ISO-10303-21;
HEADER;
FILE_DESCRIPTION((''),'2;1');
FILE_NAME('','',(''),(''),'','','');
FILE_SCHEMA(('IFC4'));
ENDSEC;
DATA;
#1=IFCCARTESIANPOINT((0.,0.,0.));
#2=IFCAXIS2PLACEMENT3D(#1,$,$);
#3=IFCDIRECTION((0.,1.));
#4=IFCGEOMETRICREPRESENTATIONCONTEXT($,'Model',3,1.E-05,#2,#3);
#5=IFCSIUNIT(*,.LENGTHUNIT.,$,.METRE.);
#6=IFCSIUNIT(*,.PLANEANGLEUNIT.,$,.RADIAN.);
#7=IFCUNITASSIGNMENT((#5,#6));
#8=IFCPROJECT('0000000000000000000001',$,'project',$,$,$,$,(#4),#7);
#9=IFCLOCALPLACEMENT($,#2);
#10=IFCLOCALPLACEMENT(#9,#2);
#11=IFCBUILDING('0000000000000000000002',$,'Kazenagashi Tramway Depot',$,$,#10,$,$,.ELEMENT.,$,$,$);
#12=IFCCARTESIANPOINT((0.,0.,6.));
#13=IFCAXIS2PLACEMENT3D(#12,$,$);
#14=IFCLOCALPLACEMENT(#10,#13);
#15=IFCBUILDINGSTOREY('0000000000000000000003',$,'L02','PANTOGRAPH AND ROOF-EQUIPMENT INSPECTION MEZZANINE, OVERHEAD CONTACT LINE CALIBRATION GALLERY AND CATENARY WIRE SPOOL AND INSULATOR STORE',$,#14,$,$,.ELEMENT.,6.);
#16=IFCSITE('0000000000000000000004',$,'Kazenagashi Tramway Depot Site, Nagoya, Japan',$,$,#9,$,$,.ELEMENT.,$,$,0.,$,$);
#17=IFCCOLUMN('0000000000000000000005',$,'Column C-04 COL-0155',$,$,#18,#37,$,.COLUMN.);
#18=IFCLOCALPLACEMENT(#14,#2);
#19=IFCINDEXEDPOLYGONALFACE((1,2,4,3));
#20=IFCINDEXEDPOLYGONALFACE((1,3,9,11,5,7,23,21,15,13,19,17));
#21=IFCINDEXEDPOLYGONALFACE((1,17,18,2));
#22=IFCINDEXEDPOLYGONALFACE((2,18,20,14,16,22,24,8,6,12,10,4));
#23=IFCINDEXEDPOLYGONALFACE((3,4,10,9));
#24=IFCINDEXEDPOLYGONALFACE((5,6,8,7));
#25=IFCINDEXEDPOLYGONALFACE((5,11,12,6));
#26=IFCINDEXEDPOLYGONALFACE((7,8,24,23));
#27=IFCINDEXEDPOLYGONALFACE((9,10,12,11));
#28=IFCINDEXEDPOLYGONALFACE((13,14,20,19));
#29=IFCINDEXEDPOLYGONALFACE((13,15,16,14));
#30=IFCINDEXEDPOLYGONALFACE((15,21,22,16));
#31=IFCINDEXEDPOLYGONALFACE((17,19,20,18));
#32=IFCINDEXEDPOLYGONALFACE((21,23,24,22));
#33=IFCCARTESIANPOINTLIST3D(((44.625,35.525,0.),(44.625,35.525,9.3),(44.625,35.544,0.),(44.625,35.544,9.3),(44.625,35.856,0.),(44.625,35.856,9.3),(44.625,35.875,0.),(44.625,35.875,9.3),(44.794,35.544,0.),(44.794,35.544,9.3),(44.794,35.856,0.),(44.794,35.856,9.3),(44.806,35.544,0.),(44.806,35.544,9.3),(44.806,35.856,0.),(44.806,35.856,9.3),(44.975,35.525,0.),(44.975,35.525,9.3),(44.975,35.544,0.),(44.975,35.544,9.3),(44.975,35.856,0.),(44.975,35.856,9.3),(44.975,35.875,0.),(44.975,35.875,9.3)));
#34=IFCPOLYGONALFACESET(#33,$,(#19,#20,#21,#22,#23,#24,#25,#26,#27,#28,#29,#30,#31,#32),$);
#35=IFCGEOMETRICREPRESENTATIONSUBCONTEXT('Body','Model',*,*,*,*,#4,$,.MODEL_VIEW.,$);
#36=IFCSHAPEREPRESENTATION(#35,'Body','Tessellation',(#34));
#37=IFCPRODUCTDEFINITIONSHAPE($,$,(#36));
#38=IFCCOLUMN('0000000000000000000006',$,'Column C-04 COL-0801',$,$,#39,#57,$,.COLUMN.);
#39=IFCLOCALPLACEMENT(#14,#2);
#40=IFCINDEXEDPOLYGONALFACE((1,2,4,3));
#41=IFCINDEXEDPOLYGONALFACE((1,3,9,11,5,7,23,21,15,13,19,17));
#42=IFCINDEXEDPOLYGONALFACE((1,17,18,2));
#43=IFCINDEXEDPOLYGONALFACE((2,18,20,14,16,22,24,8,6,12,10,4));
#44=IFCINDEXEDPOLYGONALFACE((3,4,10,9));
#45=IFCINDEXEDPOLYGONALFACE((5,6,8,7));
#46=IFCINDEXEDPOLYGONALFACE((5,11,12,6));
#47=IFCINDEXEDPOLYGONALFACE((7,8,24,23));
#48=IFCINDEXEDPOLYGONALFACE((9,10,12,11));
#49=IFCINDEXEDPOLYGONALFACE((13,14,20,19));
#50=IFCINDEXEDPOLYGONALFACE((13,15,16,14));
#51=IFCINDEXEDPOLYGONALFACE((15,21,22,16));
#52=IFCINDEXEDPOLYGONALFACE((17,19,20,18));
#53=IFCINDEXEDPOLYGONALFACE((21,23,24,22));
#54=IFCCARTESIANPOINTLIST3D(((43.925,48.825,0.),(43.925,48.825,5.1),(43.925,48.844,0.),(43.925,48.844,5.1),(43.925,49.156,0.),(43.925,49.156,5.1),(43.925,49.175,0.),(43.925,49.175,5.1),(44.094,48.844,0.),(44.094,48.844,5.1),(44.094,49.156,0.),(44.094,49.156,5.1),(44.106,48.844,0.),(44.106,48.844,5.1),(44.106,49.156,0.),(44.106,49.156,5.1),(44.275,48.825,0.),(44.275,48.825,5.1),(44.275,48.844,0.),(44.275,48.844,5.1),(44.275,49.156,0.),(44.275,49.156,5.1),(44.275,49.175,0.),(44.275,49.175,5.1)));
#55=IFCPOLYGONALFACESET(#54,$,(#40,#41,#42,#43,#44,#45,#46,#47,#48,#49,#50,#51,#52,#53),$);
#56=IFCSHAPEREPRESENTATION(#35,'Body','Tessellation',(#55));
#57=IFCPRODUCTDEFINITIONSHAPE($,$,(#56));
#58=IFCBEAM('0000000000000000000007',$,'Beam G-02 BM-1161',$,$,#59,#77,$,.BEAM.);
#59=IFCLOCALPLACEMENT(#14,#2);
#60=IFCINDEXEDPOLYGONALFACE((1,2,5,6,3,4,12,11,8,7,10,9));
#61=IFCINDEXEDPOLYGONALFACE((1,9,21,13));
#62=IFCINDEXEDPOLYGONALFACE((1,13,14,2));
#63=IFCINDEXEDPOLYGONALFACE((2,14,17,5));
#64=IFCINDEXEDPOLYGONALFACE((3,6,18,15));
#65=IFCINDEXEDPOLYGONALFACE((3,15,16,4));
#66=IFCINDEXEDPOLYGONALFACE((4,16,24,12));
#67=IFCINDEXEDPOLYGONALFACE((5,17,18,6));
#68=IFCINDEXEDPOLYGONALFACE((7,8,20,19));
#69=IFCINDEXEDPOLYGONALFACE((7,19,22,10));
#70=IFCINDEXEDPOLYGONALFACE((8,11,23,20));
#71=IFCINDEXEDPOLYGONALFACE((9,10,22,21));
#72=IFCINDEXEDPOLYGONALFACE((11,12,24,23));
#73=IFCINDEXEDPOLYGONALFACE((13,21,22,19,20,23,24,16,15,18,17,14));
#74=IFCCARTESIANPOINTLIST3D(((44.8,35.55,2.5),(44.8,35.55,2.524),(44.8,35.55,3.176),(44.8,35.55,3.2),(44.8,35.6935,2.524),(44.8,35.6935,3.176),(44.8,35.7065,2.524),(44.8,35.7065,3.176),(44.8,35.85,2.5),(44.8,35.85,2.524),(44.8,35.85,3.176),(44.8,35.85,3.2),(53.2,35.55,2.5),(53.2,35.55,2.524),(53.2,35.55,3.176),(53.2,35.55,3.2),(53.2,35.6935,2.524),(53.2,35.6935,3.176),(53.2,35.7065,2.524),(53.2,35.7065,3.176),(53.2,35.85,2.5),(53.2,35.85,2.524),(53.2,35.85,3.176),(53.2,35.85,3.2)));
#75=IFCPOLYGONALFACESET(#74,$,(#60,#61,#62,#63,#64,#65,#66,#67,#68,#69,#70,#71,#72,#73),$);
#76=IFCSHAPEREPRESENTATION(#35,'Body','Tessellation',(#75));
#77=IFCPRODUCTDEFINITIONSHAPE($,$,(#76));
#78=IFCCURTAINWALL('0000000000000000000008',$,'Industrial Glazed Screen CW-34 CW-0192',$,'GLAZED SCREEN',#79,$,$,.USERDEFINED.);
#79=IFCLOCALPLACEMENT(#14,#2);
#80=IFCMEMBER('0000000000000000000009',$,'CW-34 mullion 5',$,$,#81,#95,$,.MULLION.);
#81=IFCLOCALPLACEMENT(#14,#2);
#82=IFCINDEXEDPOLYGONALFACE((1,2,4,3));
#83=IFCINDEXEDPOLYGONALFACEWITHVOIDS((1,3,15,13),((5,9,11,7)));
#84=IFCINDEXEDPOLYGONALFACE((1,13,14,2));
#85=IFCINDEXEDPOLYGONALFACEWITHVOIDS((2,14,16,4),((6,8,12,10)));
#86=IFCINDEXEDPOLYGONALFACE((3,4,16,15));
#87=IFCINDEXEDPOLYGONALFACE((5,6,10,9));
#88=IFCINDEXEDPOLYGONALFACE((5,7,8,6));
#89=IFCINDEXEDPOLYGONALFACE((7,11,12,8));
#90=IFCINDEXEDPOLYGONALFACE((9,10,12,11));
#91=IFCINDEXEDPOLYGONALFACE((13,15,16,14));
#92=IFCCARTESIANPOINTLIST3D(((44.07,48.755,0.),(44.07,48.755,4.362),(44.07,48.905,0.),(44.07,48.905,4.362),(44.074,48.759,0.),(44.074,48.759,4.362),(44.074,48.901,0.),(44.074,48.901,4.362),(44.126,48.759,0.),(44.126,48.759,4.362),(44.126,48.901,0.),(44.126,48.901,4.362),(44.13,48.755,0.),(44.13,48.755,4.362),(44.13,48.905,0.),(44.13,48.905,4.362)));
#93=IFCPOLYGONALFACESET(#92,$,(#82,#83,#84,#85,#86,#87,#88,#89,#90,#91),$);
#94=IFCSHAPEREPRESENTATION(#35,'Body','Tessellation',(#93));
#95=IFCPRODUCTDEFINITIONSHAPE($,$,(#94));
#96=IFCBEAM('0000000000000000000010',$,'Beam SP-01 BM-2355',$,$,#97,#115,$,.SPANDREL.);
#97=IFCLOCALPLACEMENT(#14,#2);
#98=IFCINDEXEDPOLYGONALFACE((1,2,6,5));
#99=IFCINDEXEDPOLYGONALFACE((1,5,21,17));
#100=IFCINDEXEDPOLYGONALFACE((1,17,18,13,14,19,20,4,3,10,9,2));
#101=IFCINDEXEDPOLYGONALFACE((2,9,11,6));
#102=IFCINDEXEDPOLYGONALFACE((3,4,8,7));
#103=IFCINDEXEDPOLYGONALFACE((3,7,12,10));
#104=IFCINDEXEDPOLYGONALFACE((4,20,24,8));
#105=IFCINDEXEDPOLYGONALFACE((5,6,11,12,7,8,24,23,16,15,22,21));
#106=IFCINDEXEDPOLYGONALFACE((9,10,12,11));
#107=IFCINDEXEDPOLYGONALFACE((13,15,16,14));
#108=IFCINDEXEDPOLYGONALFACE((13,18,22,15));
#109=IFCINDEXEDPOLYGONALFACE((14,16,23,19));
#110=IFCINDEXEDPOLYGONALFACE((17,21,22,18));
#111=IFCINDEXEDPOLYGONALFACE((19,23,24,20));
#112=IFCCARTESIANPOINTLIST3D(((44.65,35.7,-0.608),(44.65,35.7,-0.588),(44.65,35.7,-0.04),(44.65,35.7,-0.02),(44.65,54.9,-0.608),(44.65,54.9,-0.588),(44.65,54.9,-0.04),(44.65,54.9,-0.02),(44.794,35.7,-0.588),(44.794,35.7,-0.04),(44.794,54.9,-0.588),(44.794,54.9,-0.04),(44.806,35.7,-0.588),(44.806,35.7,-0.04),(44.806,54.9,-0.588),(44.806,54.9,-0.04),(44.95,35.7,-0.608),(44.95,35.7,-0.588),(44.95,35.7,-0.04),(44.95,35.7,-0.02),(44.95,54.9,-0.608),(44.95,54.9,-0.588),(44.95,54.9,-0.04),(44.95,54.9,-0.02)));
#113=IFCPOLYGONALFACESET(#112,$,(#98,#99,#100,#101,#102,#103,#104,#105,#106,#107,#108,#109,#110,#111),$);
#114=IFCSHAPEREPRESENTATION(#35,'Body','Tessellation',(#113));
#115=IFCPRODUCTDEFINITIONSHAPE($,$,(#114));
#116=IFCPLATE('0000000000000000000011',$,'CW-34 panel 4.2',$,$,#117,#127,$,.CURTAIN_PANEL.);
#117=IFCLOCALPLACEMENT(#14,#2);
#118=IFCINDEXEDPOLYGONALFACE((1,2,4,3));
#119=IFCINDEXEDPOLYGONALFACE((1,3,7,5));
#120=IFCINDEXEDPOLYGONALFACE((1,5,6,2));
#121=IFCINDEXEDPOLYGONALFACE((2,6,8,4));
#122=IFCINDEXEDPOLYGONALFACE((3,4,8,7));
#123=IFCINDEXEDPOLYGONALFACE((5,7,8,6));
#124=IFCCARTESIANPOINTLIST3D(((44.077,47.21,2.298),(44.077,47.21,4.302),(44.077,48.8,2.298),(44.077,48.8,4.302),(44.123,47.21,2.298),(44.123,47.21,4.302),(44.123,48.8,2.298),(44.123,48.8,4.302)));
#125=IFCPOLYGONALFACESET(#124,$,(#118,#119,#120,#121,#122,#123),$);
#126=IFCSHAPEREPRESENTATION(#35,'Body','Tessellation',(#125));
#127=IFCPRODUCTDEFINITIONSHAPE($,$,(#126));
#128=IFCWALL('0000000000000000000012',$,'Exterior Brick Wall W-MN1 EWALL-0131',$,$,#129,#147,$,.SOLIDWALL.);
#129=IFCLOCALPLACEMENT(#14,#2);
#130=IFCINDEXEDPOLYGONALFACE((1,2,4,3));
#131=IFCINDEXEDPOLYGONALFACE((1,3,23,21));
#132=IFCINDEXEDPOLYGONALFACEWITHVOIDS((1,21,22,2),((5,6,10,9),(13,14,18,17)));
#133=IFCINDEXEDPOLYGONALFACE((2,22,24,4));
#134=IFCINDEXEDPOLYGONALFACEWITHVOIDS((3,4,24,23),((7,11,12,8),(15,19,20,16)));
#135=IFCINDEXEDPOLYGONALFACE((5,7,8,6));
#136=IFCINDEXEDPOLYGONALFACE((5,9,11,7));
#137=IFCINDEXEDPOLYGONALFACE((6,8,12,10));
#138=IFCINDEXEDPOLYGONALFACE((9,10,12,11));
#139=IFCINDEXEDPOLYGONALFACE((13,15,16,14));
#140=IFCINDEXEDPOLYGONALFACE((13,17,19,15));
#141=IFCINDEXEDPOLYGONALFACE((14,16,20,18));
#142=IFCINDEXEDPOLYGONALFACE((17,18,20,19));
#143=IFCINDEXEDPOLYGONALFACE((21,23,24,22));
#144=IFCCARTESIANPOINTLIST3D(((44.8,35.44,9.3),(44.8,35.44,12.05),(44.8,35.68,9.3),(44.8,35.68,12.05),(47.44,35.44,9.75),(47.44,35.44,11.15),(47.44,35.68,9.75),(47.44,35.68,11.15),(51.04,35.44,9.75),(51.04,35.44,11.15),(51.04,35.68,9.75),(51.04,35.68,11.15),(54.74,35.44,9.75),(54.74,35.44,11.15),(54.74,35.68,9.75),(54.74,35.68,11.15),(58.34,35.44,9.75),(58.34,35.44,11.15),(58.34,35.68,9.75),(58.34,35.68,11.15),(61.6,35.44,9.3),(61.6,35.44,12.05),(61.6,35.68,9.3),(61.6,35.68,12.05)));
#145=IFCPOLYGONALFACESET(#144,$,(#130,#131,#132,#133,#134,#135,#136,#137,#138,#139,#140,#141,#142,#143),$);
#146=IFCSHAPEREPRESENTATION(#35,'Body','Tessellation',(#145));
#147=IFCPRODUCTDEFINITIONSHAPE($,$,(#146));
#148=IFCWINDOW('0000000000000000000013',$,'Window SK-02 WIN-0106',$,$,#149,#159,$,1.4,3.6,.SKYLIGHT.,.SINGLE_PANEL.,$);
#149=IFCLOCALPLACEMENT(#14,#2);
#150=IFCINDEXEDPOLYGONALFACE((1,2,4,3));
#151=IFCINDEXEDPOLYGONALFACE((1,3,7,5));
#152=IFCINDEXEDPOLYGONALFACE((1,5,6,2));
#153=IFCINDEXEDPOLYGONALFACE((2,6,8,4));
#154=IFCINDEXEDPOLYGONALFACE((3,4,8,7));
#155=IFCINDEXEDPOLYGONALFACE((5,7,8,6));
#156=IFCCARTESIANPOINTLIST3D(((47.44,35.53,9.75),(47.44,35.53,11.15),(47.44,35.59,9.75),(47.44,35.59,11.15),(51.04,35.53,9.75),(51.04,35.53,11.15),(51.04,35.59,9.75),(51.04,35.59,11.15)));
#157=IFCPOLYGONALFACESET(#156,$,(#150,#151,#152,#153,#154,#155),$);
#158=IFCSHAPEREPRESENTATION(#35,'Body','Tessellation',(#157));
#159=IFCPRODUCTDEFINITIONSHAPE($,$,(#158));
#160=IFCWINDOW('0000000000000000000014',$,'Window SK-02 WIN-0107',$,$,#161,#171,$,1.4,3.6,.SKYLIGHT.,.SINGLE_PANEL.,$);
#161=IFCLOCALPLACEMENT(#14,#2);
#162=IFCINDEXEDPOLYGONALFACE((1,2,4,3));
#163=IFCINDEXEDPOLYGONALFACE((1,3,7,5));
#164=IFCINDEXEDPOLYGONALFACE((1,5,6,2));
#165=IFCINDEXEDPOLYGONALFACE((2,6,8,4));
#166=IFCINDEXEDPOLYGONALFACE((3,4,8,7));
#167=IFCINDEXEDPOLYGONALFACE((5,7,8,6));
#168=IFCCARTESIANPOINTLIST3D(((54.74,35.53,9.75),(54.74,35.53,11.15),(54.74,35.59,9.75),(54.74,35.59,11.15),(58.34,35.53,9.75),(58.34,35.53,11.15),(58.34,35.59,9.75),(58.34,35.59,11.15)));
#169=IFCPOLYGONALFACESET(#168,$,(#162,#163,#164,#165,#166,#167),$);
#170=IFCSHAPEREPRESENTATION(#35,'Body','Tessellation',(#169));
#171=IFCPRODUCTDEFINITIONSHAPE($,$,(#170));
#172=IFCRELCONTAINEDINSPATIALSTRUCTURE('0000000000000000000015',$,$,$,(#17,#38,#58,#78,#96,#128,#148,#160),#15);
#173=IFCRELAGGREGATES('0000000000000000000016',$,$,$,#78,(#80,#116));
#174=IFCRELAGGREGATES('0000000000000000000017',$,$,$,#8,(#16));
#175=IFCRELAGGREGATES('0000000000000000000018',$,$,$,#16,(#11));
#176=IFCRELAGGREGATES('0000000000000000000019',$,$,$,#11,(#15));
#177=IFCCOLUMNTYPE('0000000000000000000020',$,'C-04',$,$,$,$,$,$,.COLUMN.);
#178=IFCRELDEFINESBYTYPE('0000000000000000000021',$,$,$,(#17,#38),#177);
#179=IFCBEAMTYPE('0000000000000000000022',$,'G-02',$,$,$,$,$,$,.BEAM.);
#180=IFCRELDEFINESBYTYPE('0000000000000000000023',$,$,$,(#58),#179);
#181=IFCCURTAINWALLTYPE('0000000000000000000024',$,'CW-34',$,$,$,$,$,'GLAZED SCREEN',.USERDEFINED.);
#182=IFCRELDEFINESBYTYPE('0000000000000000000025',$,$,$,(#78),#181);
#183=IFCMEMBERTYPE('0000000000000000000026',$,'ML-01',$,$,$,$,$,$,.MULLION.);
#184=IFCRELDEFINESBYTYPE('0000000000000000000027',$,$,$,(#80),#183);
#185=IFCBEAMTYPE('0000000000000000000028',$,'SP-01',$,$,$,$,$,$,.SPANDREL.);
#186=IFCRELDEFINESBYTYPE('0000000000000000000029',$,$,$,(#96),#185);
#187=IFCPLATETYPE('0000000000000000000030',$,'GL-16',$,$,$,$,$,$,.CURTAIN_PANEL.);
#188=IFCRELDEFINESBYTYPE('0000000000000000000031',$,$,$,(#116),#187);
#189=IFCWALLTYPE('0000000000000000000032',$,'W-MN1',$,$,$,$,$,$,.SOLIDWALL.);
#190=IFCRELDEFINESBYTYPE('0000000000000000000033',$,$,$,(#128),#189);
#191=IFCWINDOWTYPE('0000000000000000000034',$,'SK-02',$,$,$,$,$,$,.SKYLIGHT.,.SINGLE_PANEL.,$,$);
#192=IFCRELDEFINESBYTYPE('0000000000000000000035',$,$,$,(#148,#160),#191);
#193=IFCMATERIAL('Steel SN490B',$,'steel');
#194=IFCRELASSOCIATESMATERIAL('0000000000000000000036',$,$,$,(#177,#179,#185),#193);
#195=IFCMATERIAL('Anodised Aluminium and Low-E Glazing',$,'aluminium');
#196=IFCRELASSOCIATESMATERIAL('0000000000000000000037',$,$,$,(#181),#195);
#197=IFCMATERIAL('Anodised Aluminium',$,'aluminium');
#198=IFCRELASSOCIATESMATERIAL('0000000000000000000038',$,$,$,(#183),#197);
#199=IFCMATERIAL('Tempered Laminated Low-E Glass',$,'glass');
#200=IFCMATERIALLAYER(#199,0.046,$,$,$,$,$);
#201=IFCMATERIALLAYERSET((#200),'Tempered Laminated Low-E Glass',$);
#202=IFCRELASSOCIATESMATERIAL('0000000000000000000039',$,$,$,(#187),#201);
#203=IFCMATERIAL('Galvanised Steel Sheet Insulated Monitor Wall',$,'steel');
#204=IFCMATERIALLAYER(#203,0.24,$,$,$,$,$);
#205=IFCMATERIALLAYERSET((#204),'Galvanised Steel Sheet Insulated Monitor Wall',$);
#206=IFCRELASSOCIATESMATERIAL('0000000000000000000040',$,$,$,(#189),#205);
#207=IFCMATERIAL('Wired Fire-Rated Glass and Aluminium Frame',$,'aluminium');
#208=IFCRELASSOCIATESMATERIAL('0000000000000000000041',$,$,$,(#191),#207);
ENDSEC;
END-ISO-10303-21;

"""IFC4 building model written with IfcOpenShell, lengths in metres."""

from ifc_helpers import new_model, si_unit, direction, frame, frame_2d, origin, origin_2d, place, context, subcontext, project, spatial, rectangle, hollow_rectangle, i_section, extrude, material, layer, layer_set, material_profile, profile_set, type_object, element, fill, aggregate, save


model = new_model("IFC4")

# Units and contexts
model_context = context("Model", 3, precision=1e-05, world=origin(), true_north=direction((0.0, 1.0)))
body_context = subcontext(model_context, "Body", "Model", "MODEL_VIEW")
ifc_project = project(units=[si_unit("LENGTHUNIT", "METRE"), si_unit("PLANEANGLEUNIT", "RADIAN")], contexts=[model_context])

# Site, building, storey
site_placement = place(None, origin())
site = spatial("IfcSite", under=ifc_project, at=site_placement, Name="Kazenagashi Tramway Depot Site, Nagoya, Japan", CompositionType="ELEMENT", RefElevation=0.0)
building_placement = place(site_placement, origin())
building = spatial("IfcBuilding", under=site, at=building_placement, Name="Kazenagashi Tramway Depot", CompositionType="ELEMENT")
storey_placement = place(building_placement, frame((0.0, 0.0, 6.0)))
storey = spatial("IfcBuildingStorey", under=building, at=storey_placement, Name="L02", Description="PANTOGRAPH AND ROOF-EQUIPMENT INSPECTION MEZZANINE, OVERHEAD CONTACT LINE CALIBRATION GALLERY AND CATENARY WIRE SPOOL AND INSULATOR STORE", CompositionType="ELEMENT", Elevation=6.0)

# Columns
ifc_material_1 = material(Name="Steel SN490B", Category="steel")
ifc_material_profile_1 = material_profile(ifc_material_1, i_section(OverallWidth=0.35, OverallDepth=0.35, WebThickness=0.012, FlangeThickness=0.019, at=origin_2d()), Name="H-350x350x12x19")
ifc_profile_set_1 = profile_set([ifc_material_profile_1], Name="Steel SN490B")
column_type = type_object("IfcColumnType", Name="C-04", PredefinedType="COLUMN", material=ifc_profile_set_1)
column_1_placement = place(storey_placement, frame((44.8, 35.7, 0.0), z_axis=(0.0, 0.0, 1.0), x_axis=(1.0, 0.0, 0.0)))
element("IfcColumn", 1, at=column_1_placement, inside=storey, type_object=column_type, Name="Column C-04 COL-0155", PredefinedType="COLUMN", context=body_context, shape_type="SweptSolid", body=[
    extrude(i_section(OverallWidth=0.35, OverallDepth=0.35, WebThickness=0.012, FlangeThickness=0.019, at=origin_2d()), origin(), (0.0, 0.0, 1.0), 9.3),
])
column_2_placement = place(storey_placement, frame((44.1, 49.0, 0.0), z_axis=(0.0, 0.0, 1.0), x_axis=(1.0, 0.0, 0.0)))
element("IfcColumn", 2, at=column_2_placement, inside=storey, type_object=column_type, Name="Column C-04 COL-0801", PredefinedType="COLUMN", context=body_context, shape_type="SweptSolid", body=[
    extrude(i_section(OverallWidth=0.35, OverallDepth=0.35, WebThickness=0.012, FlangeThickness=0.019, at=origin_2d()), origin(), (0.0, 0.0, 1.0), 5.1),
])

# Beam
ifc_material_profile_2 = material_profile(ifc_material_1, i_section(OverallWidth=0.3, OverallDepth=0.7, WebThickness=0.013, FlangeThickness=0.024, at=origin_2d()), Name="H-700x300x13x24")
ifc_profile_set_2 = profile_set([ifc_material_profile_2], Name="Steel SN490B")
beam_type_1 = type_object("IfcBeamType", Name="G-02", PredefinedType="BEAM", material=ifc_profile_set_2)
beam_1_placement = place(storey_placement, frame((44.8, 35.7, 2.85), z_axis=(1.0, 0.0, 0.0), x_axis=(0.0, 1.0, 0.0)))
element("IfcBeam", 3, at=beam_1_placement, inside=storey, type_object=beam_type_1, Name="Beam G-02 BM-1161", PredefinedType="BEAM", context=body_context, shape_type="SweptSolid", body=[
    extrude(i_section(OverallWidth=0.3, OverallDepth=0.7, WebThickness=0.013, FlangeThickness=0.024, at=origin_2d()), origin(), (0.0, 0.0, 1.0), 8.4),
])

# Curtain wall, member
ifc_material_2 = material(Name="Anodised Aluminium and Low-E Glazing", Category="aluminium")
curtain_wall_type = type_object("IfcCurtainWallType", Name="CW-34", ElementType="GLAZED SCREEN", PredefinedType="USERDEFINED", material=ifc_material_2)
curtain_wall_placement = place(storey_placement, origin())
curtain_wall = element("IfcCurtainWall", 4, at=curtain_wall_placement, inside=storey, type_object=curtain_wall_type, Name="Industrial Glazed Screen CW-34 CW-0192", ObjectType="GLAZED SCREEN", PredefinedType="USERDEFINED")
ifc_material_3 = material(Name="Anodised Aluminium", Category="aluminium")
ifc_material_profile_3 = material_profile(ifc_material_3, hollow_rectangle(XDim=0.06, YDim=0.15, WallThickness=0.004, at=origin_2d()), Name="RHS-150x60x4")
ifc_profile_set_3 = profile_set([ifc_material_profile_3], Name="Anodised Aluminium")
member_type = type_object("IfcMemberType", Name="ML-01", PredefinedType="MULLION", material=ifc_profile_set_3)
member_placement = place(storey_placement, frame((44.1, 48.83, 0.0), z_axis=(0.0, 0.0, 1.0), x_axis=(-1.0, 0.0, 0.0)))
member = element("IfcMember", 5, at=member_placement, type_object=member_type, Name="CW-34 mullion 5", PredefinedType="MULLION", context=body_context, shape_type="SweptSolid", body=[
    extrude(hollow_rectangle(XDim=0.06, YDim=0.15, WallThickness=0.004, at=origin_2d()), origin(), (0.0, 0.0, 1.0), 4.362),
])

# Beam
ifc_material_profile_4 = material_profile(ifc_material_1, i_section(OverallWidth=0.3, OverallDepth=0.588, WebThickness=0.012, FlangeThickness=0.02, at=origin_2d()), Name="H-588x300x12x20")
ifc_profile_set_4 = profile_set([ifc_material_profile_4], Name="Steel SN490B")
beam_type_2 = type_object("IfcBeamType", Name="SP-01", PredefinedType="SPANDREL", material=ifc_profile_set_4)
beam_2_placement = place(storey_placement, frame((44.8, 35.7, -0.314), z_axis=(0.0, 1.0, 0.0), x_axis=(-1.0, 0.0, 0.0)))
element("IfcBeam", 6, at=beam_2_placement, inside=storey, type_object=beam_type_2, Name="Beam SP-01 BM-2355", PredefinedType="SPANDREL", context=body_context, shape_type="SweptSolid", body=[
    extrude(i_section(OverallWidth=0.3, OverallDepth=0.588, WebThickness=0.012, FlangeThickness=0.02, at=origin_2d()), origin(), (0.0, 0.0, 1.0), 19.2),
])

# Plate
ifc_material_4 = material(Name="Tempered Laminated Low-E Glass", Category="glass")
ifc_layer_1 = layer(ifc_material_4, 0.046)
ifc_layer_set_1 = layer_set([ifc_layer_1], Name="Tempered Laminated Low-E Glass")
plate_type = type_object("IfcPlateType", Name="GL-16", PredefinedType="CURTAIN_PANEL", material=ifc_layer_set_1)
plate_placement = place(storey_placement, frame((44.1, 48.005, 2.298), z_axis=(0.0, 0.0, 1.0), x_axis=(0.0, 1.0, 0.0)))
plate = element("IfcPlate", 7, at=plate_placement, type_object=plate_type, Name="CW-34 panel 4.2", PredefinedType="CURTAIN_PANEL", context=body_context, shape_type="SweptSolid", body=[
    extrude(rectangle(XDim=1.59, YDim=0.046, at=origin_2d()), origin(), (0.0, 0.0, 1.0), 2.004),
])
aggregate(curtain_wall, [member, plate])

# Wall, openings, windows
ifc_material_5 = material(Name="Galvanised Steel Sheet Insulated Monitor Wall", Category="steel")
ifc_layer_2 = layer(ifc_material_5, 0.24)
ifc_layer_set_2 = layer_set([ifc_layer_2], Name="Galvanised Steel Sheet Insulated Monitor Wall")
wall_type = type_object("IfcWallType", Name="W-MN1", PredefinedType="SOLIDWALL", material=ifc_layer_set_2)
wall_1_placement = place(storey_placement, frame((44.8, 35.56, 9.3), z_axis=(0.0, 0.0, 1.0), x_axis=(1.0, 0.0, 0.0)))
wall_1 = element("IfcWall", 8, at=wall_1_placement, inside=storey, type_object=wall_type, Name="Exterior Brick Wall W-MN1 EWALL-0131", PredefinedType="SOLIDWALL", context=body_context, shape_type="SweptSolid", body=[
    extrude(rectangle(XDim=16.8, YDim=0.24, at=frame_2d((8.4, 0.0))), origin(), (0.0, 0.0, 1.0), 2.75),
])
opening_1_placement = place(wall_1_placement, frame((2.64, 0.0, 0.45)))
opening_1 = element("IfcOpeningElement", 9, at=opening_1_placement, cuts=wall_1, PredefinedType="OPENING", context=body_context, shape_type="SweptSolid", body=[
    extrude(rectangle(XDim=3.6, YDim=1.4, at=frame_2d((1.8, 0.7))), frame((0.0, 0.13, 0.0), z_axis=(0.0, -1.0, 0.0), x_axis=(1.0, 0.0, 0.0)), (0.0, 0.0, 1.0), 0.26),
])
opening_2_placement = place(wall_1_placement, frame((9.94, 0.0, 0.45)))
opening_2 = element("IfcOpeningElement", 10, at=opening_2_placement, cuts=wall_1, PredefinedType="OPENING", context=body_context, shape_type="SweptSolid", body=[
    extrude(rectangle(XDim=3.6, YDim=1.4, at=frame_2d((1.8, 0.7))), frame((0.0, 0.13, 0.0), z_axis=(0.0, -1.0, 0.0), x_axis=(1.0, 0.0, 0.0)), (0.0, 0.0, 1.0), 0.26),
])
ifc_material_6 = material(Name="Wired Fire-Rated Glass and Aluminium Frame", Category="aluminium")
window_type_1 = type_object("IfcWindowType", Name="SK-02", PartitioningType="SINGLE_PANEL", PredefinedType="SKYLIGHT", material=ifc_material_6)
window_1_placement = place(opening_1_placement, origin())
window_1 = element("IfcWindow", 11, at=window_1_placement, inside=storey, type_object=window_type_1, Name="Window SK-02 WIN-0106", OverallHeight=1.4, OverallWidth=3.6, PartitioningType="SINGLE_PANEL", PredefinedType="SKYLIGHT", context=body_context, shape_type="SweptSolid", body=[
    extrude(rectangle(XDim=3.6, YDim=1.4, at=frame_2d((1.8, 0.7))), frame((0.0, 0.03, 0.0), z_axis=(0.0, -1.0, 0.0), x_axis=(1.0, 0.0, 0.0)), (0.0, 0.0, 1.0), 0.06),
])
fill(opening_1, window_1)
window_2_placement = place(opening_2_placement, origin())
window_2 = element("IfcWindow", 12, at=window_2_placement, inside=storey, type_object=window_type_1, Name="Window SK-02 WIN-0107", OverallHeight=1.4, OverallWidth=3.6, PartitioningType="SINGLE_PANEL", PredefinedType="SKYLIGHT", context=body_context, shape_type="SweptSolid", body=[
    extrude(rectangle(XDim=3.6, YDim=1.4, at=frame_2d((1.8, 0.7))), frame((0.0, 0.03, 0.0), z_axis=(0.0, -1.0, 0.0), x_axis=(1.0, 0.0, 0.0)), (0.0, 0.0, 1.0), 0.06),
])
fill(opening_2, window_2)

save(model, "model.ifc")
